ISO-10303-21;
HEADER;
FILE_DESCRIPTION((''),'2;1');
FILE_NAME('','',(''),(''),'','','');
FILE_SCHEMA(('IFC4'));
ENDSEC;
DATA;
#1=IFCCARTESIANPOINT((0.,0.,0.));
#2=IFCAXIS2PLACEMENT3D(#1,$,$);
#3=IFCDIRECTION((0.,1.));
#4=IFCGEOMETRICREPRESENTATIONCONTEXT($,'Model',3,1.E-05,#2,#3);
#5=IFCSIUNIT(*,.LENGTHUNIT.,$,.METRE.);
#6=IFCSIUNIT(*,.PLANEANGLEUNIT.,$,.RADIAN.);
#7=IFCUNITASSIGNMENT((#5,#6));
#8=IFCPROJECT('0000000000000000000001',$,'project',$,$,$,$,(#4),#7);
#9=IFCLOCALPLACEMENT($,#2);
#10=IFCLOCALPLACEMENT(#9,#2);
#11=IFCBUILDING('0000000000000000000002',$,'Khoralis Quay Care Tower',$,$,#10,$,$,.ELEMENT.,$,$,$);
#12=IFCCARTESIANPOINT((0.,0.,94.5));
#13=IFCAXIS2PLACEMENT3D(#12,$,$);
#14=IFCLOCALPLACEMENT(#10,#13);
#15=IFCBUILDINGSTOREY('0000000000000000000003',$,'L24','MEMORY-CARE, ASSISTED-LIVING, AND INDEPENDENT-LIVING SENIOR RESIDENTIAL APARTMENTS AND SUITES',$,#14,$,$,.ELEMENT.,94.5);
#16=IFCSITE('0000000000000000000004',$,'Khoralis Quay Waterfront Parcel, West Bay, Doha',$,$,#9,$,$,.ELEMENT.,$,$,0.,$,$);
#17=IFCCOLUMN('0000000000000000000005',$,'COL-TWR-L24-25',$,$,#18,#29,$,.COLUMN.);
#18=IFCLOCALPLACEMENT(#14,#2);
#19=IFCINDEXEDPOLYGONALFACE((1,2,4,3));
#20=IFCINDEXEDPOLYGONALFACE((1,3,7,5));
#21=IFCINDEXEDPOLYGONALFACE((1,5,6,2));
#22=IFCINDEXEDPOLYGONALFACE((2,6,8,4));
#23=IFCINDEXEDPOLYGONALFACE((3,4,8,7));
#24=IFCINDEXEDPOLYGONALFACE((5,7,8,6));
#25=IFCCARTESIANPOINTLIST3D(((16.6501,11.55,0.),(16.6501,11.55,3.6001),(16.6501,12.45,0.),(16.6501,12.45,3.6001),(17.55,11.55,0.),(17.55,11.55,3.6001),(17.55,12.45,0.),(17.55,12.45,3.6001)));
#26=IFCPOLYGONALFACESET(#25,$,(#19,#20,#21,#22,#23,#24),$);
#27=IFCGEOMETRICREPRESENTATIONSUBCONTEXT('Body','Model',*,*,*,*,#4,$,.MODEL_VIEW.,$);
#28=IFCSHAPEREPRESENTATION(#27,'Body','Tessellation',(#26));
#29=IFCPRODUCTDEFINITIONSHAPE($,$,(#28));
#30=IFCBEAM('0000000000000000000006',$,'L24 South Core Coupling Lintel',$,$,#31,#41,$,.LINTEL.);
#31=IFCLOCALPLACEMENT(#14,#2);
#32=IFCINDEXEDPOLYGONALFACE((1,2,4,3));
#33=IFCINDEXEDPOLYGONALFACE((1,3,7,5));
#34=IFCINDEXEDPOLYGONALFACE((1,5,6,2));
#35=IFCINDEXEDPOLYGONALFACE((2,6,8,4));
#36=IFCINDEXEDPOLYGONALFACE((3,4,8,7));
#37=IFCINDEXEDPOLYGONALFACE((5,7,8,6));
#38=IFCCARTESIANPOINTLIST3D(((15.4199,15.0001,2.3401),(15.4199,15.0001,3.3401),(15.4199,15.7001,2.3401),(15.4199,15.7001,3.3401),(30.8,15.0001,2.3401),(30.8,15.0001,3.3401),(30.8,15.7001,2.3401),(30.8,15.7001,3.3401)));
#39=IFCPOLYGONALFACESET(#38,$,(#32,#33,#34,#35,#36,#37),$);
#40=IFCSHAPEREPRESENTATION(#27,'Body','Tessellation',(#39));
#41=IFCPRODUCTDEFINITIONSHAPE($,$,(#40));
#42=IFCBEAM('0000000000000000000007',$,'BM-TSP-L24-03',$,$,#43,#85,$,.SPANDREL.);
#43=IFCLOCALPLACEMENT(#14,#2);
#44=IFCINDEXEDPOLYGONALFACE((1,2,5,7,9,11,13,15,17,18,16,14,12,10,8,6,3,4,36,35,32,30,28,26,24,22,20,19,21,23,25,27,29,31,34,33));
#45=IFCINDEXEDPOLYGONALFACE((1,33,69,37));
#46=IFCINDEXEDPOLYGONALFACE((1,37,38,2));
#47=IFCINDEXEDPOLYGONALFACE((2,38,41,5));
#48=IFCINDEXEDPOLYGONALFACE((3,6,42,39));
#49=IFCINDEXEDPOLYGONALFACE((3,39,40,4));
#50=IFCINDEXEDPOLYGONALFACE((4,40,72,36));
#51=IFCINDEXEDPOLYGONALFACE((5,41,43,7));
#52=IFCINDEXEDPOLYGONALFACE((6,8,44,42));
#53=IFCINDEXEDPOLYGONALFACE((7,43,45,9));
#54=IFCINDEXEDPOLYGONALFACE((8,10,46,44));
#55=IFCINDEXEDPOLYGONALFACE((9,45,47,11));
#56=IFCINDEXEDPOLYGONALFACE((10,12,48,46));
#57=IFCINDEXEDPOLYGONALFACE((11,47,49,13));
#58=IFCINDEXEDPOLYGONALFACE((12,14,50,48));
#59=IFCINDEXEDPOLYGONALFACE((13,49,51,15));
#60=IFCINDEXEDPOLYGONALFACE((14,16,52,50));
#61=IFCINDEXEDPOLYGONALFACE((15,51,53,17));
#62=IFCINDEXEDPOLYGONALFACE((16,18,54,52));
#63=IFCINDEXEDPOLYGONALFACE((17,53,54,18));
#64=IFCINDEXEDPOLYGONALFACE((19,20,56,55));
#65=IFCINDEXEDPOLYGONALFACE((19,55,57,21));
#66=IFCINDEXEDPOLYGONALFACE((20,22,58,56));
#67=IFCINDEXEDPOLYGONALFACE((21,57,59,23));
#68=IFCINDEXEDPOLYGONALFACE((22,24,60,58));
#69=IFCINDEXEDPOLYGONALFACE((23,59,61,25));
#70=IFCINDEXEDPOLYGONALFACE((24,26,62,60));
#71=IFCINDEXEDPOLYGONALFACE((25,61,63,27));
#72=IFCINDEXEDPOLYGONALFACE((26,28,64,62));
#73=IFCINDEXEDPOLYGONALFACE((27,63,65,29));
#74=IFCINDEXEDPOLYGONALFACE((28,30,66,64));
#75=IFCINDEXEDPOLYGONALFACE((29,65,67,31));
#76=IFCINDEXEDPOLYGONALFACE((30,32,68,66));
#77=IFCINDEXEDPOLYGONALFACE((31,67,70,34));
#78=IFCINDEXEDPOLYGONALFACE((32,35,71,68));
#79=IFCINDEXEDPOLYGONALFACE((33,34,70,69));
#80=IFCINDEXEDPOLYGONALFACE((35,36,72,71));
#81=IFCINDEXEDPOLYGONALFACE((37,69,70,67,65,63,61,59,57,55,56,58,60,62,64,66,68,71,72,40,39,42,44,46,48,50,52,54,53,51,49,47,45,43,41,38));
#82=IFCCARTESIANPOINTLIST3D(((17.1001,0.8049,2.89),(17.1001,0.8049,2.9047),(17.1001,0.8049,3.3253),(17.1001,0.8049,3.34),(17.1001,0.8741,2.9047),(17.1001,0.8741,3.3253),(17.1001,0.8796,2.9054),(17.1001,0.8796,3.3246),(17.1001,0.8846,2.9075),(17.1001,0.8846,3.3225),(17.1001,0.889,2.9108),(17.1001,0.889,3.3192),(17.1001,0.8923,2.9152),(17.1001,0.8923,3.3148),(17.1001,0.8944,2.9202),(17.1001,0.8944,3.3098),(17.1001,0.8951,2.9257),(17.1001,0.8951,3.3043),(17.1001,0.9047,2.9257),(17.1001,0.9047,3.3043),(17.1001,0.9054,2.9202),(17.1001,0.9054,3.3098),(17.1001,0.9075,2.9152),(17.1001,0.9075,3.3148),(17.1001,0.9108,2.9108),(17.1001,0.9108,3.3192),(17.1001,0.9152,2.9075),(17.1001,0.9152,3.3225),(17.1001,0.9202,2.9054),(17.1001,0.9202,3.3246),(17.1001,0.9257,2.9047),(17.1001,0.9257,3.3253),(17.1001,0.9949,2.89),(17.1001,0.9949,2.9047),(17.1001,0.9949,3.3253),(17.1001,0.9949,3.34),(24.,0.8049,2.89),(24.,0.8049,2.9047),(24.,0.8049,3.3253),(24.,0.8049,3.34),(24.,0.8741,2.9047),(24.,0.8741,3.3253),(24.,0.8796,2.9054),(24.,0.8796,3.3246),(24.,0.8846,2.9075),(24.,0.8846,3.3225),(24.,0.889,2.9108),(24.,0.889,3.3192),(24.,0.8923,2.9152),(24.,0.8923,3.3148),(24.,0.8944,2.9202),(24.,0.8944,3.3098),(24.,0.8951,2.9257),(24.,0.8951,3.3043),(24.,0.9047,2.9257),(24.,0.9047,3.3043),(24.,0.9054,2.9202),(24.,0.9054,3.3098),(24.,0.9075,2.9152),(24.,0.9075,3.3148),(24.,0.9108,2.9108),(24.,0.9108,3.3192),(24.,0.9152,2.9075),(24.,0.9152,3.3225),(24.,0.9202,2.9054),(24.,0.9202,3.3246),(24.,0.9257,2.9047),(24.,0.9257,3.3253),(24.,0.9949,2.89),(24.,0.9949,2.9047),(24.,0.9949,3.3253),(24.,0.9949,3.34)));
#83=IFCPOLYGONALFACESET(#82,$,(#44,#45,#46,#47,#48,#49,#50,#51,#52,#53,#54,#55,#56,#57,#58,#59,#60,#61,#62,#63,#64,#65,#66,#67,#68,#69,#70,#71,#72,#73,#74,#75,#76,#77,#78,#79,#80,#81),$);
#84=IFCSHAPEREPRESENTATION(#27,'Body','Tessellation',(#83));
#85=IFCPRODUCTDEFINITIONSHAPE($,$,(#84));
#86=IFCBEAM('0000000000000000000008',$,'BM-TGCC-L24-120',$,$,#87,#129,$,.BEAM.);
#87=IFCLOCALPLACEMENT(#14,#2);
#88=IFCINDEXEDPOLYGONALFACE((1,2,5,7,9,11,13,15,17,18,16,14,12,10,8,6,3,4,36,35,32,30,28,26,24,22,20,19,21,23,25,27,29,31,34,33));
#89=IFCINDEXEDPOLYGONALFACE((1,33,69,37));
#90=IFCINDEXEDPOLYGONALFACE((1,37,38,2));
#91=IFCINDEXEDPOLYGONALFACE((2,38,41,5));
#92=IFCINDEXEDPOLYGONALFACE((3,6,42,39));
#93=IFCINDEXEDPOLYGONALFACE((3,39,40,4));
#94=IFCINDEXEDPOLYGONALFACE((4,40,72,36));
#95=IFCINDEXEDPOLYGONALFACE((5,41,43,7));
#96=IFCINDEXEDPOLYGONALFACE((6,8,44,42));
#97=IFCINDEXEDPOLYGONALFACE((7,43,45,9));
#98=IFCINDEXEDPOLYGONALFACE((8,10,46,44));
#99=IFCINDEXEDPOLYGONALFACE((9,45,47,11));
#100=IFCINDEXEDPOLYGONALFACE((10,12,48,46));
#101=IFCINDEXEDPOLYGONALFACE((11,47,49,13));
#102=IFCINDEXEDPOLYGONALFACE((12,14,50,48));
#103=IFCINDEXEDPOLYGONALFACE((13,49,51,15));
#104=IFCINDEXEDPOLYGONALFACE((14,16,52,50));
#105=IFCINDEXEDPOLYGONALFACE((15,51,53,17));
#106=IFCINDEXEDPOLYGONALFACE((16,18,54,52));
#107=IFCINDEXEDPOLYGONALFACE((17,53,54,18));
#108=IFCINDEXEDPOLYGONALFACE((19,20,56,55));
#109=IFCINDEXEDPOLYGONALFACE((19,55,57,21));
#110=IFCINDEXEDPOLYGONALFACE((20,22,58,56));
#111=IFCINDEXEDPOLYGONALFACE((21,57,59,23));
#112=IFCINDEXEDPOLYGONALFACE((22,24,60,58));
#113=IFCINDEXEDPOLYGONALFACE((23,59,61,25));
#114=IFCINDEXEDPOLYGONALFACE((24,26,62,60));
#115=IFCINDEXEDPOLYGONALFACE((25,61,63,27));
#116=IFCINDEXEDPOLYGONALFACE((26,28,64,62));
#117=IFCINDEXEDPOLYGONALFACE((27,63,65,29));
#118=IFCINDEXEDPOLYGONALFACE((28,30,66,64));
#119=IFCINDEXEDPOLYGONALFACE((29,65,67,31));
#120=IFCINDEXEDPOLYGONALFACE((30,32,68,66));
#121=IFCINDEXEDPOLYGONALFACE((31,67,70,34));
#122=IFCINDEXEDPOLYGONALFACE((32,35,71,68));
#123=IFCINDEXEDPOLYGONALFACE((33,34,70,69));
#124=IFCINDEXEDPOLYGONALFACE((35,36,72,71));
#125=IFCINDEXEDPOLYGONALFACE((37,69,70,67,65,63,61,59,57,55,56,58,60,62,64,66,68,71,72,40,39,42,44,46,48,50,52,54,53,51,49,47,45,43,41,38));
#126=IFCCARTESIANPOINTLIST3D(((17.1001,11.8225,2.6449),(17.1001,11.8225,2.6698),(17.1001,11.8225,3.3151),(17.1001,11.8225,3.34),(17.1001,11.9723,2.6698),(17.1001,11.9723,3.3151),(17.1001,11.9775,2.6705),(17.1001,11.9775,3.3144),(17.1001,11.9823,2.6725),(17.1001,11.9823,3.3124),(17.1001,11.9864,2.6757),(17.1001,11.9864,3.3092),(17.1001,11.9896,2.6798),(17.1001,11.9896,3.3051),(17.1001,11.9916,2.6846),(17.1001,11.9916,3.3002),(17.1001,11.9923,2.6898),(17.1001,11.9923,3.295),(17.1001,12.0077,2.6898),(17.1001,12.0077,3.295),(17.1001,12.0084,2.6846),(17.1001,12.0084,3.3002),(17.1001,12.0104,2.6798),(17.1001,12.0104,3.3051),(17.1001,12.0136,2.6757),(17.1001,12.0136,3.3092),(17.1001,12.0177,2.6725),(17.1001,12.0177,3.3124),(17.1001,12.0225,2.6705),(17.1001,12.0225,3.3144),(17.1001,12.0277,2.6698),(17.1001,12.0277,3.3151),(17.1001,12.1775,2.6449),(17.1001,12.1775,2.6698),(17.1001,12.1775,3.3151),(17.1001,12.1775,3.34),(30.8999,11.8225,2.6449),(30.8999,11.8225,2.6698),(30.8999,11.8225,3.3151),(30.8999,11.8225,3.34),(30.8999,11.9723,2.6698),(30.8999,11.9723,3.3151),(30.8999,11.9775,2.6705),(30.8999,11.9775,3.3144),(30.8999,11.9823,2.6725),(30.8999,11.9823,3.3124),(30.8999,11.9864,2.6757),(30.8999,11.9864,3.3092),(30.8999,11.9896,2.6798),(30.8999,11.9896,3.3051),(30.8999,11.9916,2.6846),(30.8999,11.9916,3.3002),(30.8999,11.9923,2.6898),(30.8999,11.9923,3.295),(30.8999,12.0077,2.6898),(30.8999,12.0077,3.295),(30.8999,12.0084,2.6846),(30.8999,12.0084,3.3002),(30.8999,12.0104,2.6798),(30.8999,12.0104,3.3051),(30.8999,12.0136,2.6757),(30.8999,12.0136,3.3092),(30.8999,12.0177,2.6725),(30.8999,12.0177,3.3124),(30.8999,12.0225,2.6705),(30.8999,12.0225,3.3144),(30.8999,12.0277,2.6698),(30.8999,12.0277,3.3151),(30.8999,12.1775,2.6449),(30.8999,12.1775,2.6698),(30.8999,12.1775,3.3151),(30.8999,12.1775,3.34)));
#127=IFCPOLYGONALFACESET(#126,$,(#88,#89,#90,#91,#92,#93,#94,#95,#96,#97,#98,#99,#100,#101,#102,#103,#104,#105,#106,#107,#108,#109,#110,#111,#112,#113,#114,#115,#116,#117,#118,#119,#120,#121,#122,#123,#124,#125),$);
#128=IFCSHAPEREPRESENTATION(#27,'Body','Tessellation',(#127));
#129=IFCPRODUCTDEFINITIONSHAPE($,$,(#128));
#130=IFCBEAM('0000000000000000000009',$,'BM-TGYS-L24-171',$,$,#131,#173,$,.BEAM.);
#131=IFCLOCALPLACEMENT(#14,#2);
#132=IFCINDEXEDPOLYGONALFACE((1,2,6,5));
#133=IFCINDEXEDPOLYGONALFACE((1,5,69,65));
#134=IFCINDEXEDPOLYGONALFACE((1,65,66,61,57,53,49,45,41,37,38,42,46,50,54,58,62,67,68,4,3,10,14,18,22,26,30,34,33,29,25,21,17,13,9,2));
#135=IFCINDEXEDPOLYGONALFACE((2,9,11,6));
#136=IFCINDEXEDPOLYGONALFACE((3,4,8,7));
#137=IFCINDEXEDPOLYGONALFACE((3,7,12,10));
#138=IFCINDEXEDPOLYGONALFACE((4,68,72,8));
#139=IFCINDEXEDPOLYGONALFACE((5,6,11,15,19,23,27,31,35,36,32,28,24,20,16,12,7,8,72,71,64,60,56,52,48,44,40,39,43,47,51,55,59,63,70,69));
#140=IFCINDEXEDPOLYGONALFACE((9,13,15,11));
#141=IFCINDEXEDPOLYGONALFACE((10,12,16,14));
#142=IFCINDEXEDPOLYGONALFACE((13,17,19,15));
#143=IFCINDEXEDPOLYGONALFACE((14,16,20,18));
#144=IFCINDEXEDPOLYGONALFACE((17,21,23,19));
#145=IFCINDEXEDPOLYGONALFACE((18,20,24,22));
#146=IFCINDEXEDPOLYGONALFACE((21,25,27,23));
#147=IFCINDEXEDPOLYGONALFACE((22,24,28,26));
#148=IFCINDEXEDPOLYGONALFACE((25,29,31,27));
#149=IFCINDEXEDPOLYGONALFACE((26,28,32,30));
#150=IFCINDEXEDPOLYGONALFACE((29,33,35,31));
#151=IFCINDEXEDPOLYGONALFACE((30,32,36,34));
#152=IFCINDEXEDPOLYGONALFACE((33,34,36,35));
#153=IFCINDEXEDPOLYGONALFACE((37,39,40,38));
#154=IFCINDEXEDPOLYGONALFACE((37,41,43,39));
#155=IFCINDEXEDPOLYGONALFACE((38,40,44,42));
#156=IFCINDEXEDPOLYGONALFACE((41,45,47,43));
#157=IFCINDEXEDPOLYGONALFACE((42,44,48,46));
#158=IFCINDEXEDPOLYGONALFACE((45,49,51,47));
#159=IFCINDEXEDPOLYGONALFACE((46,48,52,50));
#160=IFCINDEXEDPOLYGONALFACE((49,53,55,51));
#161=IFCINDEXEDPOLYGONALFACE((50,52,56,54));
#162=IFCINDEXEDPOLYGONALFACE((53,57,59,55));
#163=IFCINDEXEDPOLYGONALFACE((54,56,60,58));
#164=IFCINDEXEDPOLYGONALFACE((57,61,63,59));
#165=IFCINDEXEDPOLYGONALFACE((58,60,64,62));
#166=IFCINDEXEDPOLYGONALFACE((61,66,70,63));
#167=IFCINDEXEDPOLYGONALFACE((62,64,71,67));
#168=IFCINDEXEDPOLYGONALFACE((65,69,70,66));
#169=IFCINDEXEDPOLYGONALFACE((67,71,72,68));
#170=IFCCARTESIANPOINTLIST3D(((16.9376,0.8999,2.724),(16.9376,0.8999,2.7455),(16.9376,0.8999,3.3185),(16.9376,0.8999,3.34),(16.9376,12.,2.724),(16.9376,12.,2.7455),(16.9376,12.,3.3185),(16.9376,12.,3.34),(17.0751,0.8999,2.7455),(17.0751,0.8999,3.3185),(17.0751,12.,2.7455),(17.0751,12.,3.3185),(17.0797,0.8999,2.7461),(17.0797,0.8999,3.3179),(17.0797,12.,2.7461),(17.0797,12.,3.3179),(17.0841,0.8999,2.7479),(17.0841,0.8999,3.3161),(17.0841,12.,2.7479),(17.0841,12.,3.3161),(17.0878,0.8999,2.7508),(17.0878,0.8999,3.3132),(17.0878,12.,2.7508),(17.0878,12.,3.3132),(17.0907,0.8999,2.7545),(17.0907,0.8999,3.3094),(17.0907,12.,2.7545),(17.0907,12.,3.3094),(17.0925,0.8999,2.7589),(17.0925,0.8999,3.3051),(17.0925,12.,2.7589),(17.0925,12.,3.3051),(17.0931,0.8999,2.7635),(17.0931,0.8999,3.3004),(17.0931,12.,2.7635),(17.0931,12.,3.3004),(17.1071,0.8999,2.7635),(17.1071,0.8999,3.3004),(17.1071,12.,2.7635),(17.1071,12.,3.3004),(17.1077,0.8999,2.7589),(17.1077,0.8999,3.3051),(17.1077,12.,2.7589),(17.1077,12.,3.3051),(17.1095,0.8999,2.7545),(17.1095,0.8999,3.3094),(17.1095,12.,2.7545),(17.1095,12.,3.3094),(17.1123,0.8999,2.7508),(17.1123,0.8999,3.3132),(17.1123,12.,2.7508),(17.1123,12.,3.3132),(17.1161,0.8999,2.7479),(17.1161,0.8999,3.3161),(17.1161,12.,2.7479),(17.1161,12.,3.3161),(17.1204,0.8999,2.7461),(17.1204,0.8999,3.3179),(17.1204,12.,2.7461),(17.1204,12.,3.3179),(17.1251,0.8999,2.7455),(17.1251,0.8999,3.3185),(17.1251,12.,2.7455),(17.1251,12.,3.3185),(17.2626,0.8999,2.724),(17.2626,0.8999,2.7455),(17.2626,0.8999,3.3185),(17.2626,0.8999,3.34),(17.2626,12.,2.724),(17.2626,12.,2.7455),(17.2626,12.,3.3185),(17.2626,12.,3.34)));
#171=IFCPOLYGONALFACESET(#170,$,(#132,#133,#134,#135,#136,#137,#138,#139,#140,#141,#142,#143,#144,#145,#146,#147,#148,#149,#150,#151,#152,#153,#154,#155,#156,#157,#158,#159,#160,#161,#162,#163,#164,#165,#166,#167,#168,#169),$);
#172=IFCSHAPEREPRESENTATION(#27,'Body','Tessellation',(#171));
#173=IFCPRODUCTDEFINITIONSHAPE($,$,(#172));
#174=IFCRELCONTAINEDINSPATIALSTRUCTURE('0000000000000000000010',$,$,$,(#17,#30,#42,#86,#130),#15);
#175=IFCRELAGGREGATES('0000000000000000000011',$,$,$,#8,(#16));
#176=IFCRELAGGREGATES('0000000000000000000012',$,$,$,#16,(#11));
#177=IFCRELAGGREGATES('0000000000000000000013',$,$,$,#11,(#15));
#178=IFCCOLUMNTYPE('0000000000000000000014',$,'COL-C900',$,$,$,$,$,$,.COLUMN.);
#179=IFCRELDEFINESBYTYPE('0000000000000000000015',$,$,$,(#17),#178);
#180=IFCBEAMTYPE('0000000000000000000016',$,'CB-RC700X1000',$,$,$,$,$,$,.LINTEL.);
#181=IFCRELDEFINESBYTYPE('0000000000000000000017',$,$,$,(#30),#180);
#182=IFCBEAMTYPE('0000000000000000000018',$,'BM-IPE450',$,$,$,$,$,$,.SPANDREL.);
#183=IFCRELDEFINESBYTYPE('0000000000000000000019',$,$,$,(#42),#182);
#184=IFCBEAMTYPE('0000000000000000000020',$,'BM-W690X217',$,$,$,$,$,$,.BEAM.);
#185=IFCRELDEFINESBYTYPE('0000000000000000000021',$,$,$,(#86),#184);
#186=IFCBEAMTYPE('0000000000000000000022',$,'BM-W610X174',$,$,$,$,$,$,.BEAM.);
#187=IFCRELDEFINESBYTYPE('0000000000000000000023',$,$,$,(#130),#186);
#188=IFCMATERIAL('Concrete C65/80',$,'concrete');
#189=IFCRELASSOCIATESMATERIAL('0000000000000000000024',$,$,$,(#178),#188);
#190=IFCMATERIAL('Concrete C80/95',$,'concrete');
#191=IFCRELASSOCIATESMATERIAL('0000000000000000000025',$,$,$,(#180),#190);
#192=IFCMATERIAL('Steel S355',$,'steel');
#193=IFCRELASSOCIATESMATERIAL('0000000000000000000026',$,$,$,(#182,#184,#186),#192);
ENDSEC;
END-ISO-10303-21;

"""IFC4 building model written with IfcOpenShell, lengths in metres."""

from ifc_helpers import new_model, si_unit, direction, frame, origin, origin_2d, place, context, subcontext, project, spatial, rectangle, i_section, extrude, source, transform, mapped, material, material_profile, profile_set, type_object, element, save


model = new_model("IFC4")

# Units and contexts
model_context = context("Model", 3, precision=1e-05, world=origin(), true_north=direction((0.0, 1.0)))
body_context = subcontext(model_context, "Body", "Model", "MODEL_VIEW")
ifc_project = project(units=[si_unit("LENGTHUNIT", "METRE"), si_unit("PLANEANGLEUNIT", "RADIAN")], contexts=[model_context])

# Site, building, storey
site_placement = place(None, origin())
site = spatial("IfcSite", under=ifc_project, at=site_placement, Name="Khoralis Quay Waterfront Parcel, West Bay, Doha", CompositionType="ELEMENT", RefElevation=0.0)
building_placement = place(site_placement, origin())
building = spatial("IfcBuilding", under=site, at=building_placement, Name="Khoralis Quay Care Tower", CompositionType="ELEMENT")
storey_placement = place(building_placement, frame((0.0, 0.0, 94.5)))
storey = spatial("IfcBuildingStorey", under=building, at=storey_placement, Name="L24", Description="MEMORY-CARE, ASSISTED-LIVING, AND INDEPENDENT-LIVING SENIOR RESIDENTIAL APARTMENTS AND SUITES", CompositionType="ELEMENT", Elevation=94.5)

# Column
ifc_material_1 = material(Name="Concrete C65/80", Category="concrete")
ifc_material_profile_1 = material_profile(ifc_material_1, rectangle(XDim=0.8999, YDim=0.8999, at=origin_2d()), Name="Concrete C65/80")
ifc_profile_set_1 = profile_set([ifc_material_profile_1], Name="Concrete C65/80")
column_type = type_object("IfcColumnType", Name="COL-C900", PredefinedType="COLUMN", material=ifc_profile_set_1)
shared_shape_1 = source(origin(), body_context, "Body", "SweptSolid", [
    extrude(rectangle(XDim=0.8999, YDim=0.8999, at=origin_2d()), origin(), (0.0, 0.0, 1.0), 3.6001),
])
column_placement = place(storey_placement, frame((17.1001, 12.0, 0.0), z_axis=(0.0, 0.0, 1.0), x_axis=(1.0, 0.0, 0.0)))
element("IfcColumn", 1, at=column_placement, inside=storey, type_object=column_type, Name="COL-TWR-L24-25", PredefinedType="COLUMN", context=body_context, shape_type="MappedRepresentation", body=[
    mapped(shared_shape_1, transform((0.0, 0.0, 0.0), scale=1.0)),
])

# Beams
ifc_material_2 = material(Name="Concrete C80/95", Category="concrete")
ifc_material_profile_2 = material_profile(ifc_material_2, rectangle(XDim=0.7, YDim=1.0, at=origin_2d()), Name="Concrete C80/95")
ifc_profile_set_2 = profile_set([ifc_material_profile_2], Name="Concrete C80/95")
beam_type_1 = type_object("IfcBeamType", Name="CB-RC700X1000", PredefinedType="LINTEL", material=ifc_profile_set_2)
shared_shape_2 = source(origin(), body_context, "Body", "SweptSolid", [
    extrude(rectangle(XDim=0.7, YDim=1.0, at=origin_2d()), origin(), (0.0, 0.0, 1.0), 15.3801),
])
beam_1_placement = place(storey_placement, frame((15.4199, 15.3501, 2.8401), z_axis=(1.0, 0.0, 0.0), x_axis=(0.0, 1.0, 0.0)))
element("IfcBeam", 2, at=beam_1_placement, inside=storey, type_object=beam_type_1, Name="L24 South Core Coupling Lintel", PredefinedType="LINTEL", context=body_context, shape_type="MappedRepresentation", body=[
    mapped(shared_shape_2, transform((0.0, 0.0, 0.0), scale=1.0)),
])
ifc_material_3 = material(Name="Steel S355", Category="steel")
ifc_material_profile_3 = material_profile(ifc_material_3, i_section(OverallWidth=0.1899, OverallDepth=0.45, WebThickness=0.0095, FlangeThickness=0.0146, FilletRadius=0.021, at=origin_2d()), Name="Steel S355")
ifc_profile_set_3 = profile_set([ifc_material_profile_3], Name="Steel S355")
beam_type_2 = type_object("IfcBeamType", Name="BM-IPE450", PredefinedType="SPANDREL", material=ifc_profile_set_3)
shared_shape_3 = source(origin(), body_context, "Body", "SweptSolid", [
    extrude(i_section(OverallWidth=0.1899, OverallDepth=0.45, WebThickness=0.0095, FlangeThickness=0.0146, FilletRadius=0.021, at=origin_2d()), origin(), (0.0, 0.0, 1.0), 6.8999),
])
beam_2_placement = place(storey_placement, frame((17.1001, 0.8999, 3.115), z_axis=(1.0, 0.0, 0.0), x_axis=(0.0, 1.0, 0.0)))
element("IfcBeam", 3, at=beam_2_placement, inside=storey, type_object=beam_type_2, Name="BM-TSP-L24-03", PredefinedType="SPANDREL", context=body_context, shape_type="MappedRepresentation", body=[
    mapped(shared_shape_3, transform((0.0, 0.0, 0.0), scale=1.0)),
])
ifc_material_profile_4 = material_profile(ifc_material_3, i_section(OverallWidth=0.355, OverallDepth=0.6951, WebThickness=0.0154, FlangeThickness=0.0249, FilletRadius=0.02, at=origin_2d()), Name="Steel S355")
ifc_profile_set_4 = profile_set([ifc_material_profile_4], Name="Steel S355")
beam_type_3 = type_object("IfcBeamType", Name="BM-W690X217", PredefinedType="BEAM", material=ifc_profile_set_4)
shared_shape_4 = source(origin(), body_context, "Body", "SweptSolid", [
    extrude(i_section(OverallWidth=0.355, OverallDepth=0.6951, WebThickness=0.0154, FlangeThickness=0.0249, FilletRadius=0.02, at=origin_2d()), origin(), (0.0, 0.0, 1.0), 13.7998),
])
beam_3_placement = place(storey_placement, frame((17.1001, 12.0, 2.9924), z_axis=(1.0, 0.0, 0.0), x_axis=(0.0, 1.0, 0.0)))
element("IfcBeam", 4, at=beam_3_placement, inside=storey, type_object=beam_type_3, Name="BM-TGCC-L24-120", PredefinedType="BEAM", context=body_context, shape_type="MappedRepresentation", body=[
    mapped(shared_shape_4, transform((0.0, 0.0, 0.0), scale=1.0)),
])
ifc_material_profile_5 = material_profile(ifc_material_3, i_section(OverallWidth=0.325, OverallDepth=0.616, WebThickness=0.0139, FlangeThickness=0.0215, FilletRadius=0.0181, at=origin_2d()), Name="Steel S355")
ifc_profile_set_5 = profile_set([ifc_material_profile_5], Name="Steel S355")
beam_type_4 = type_object("IfcBeamType", Name="BM-W610X174", PredefinedType="BEAM", material=ifc_profile_set_5)
shared_shape_5 = source(origin(), body_context, "Body", "SweptSolid", [
    extrude(i_section(OverallWidth=0.325, OverallDepth=0.616, WebThickness=0.0139, FlangeThickness=0.0215, FilletRadius=0.0181, at=origin_2d()), origin(), (0.0, 0.0, 1.0), 11.1001),
])
beam_4_placement = place(storey_placement, frame((17.1001, 0.8999, 3.032), z_axis=(0.0, 1.0, 0.0), x_axis=(-1.0, 0.0, 0.0)))
element("IfcBeam", 5, at=beam_4_placement, inside=storey, type_object=beam_type_4, Name="BM-TGYS-L24-171", PredefinedType="BEAM", context=body_context, shape_type="MappedRepresentation", body=[
    mapped(shared_shape_5, transform((0.0, 0.0, 0.0), scale=1.0)),
])

save(model, "model.ifc")
